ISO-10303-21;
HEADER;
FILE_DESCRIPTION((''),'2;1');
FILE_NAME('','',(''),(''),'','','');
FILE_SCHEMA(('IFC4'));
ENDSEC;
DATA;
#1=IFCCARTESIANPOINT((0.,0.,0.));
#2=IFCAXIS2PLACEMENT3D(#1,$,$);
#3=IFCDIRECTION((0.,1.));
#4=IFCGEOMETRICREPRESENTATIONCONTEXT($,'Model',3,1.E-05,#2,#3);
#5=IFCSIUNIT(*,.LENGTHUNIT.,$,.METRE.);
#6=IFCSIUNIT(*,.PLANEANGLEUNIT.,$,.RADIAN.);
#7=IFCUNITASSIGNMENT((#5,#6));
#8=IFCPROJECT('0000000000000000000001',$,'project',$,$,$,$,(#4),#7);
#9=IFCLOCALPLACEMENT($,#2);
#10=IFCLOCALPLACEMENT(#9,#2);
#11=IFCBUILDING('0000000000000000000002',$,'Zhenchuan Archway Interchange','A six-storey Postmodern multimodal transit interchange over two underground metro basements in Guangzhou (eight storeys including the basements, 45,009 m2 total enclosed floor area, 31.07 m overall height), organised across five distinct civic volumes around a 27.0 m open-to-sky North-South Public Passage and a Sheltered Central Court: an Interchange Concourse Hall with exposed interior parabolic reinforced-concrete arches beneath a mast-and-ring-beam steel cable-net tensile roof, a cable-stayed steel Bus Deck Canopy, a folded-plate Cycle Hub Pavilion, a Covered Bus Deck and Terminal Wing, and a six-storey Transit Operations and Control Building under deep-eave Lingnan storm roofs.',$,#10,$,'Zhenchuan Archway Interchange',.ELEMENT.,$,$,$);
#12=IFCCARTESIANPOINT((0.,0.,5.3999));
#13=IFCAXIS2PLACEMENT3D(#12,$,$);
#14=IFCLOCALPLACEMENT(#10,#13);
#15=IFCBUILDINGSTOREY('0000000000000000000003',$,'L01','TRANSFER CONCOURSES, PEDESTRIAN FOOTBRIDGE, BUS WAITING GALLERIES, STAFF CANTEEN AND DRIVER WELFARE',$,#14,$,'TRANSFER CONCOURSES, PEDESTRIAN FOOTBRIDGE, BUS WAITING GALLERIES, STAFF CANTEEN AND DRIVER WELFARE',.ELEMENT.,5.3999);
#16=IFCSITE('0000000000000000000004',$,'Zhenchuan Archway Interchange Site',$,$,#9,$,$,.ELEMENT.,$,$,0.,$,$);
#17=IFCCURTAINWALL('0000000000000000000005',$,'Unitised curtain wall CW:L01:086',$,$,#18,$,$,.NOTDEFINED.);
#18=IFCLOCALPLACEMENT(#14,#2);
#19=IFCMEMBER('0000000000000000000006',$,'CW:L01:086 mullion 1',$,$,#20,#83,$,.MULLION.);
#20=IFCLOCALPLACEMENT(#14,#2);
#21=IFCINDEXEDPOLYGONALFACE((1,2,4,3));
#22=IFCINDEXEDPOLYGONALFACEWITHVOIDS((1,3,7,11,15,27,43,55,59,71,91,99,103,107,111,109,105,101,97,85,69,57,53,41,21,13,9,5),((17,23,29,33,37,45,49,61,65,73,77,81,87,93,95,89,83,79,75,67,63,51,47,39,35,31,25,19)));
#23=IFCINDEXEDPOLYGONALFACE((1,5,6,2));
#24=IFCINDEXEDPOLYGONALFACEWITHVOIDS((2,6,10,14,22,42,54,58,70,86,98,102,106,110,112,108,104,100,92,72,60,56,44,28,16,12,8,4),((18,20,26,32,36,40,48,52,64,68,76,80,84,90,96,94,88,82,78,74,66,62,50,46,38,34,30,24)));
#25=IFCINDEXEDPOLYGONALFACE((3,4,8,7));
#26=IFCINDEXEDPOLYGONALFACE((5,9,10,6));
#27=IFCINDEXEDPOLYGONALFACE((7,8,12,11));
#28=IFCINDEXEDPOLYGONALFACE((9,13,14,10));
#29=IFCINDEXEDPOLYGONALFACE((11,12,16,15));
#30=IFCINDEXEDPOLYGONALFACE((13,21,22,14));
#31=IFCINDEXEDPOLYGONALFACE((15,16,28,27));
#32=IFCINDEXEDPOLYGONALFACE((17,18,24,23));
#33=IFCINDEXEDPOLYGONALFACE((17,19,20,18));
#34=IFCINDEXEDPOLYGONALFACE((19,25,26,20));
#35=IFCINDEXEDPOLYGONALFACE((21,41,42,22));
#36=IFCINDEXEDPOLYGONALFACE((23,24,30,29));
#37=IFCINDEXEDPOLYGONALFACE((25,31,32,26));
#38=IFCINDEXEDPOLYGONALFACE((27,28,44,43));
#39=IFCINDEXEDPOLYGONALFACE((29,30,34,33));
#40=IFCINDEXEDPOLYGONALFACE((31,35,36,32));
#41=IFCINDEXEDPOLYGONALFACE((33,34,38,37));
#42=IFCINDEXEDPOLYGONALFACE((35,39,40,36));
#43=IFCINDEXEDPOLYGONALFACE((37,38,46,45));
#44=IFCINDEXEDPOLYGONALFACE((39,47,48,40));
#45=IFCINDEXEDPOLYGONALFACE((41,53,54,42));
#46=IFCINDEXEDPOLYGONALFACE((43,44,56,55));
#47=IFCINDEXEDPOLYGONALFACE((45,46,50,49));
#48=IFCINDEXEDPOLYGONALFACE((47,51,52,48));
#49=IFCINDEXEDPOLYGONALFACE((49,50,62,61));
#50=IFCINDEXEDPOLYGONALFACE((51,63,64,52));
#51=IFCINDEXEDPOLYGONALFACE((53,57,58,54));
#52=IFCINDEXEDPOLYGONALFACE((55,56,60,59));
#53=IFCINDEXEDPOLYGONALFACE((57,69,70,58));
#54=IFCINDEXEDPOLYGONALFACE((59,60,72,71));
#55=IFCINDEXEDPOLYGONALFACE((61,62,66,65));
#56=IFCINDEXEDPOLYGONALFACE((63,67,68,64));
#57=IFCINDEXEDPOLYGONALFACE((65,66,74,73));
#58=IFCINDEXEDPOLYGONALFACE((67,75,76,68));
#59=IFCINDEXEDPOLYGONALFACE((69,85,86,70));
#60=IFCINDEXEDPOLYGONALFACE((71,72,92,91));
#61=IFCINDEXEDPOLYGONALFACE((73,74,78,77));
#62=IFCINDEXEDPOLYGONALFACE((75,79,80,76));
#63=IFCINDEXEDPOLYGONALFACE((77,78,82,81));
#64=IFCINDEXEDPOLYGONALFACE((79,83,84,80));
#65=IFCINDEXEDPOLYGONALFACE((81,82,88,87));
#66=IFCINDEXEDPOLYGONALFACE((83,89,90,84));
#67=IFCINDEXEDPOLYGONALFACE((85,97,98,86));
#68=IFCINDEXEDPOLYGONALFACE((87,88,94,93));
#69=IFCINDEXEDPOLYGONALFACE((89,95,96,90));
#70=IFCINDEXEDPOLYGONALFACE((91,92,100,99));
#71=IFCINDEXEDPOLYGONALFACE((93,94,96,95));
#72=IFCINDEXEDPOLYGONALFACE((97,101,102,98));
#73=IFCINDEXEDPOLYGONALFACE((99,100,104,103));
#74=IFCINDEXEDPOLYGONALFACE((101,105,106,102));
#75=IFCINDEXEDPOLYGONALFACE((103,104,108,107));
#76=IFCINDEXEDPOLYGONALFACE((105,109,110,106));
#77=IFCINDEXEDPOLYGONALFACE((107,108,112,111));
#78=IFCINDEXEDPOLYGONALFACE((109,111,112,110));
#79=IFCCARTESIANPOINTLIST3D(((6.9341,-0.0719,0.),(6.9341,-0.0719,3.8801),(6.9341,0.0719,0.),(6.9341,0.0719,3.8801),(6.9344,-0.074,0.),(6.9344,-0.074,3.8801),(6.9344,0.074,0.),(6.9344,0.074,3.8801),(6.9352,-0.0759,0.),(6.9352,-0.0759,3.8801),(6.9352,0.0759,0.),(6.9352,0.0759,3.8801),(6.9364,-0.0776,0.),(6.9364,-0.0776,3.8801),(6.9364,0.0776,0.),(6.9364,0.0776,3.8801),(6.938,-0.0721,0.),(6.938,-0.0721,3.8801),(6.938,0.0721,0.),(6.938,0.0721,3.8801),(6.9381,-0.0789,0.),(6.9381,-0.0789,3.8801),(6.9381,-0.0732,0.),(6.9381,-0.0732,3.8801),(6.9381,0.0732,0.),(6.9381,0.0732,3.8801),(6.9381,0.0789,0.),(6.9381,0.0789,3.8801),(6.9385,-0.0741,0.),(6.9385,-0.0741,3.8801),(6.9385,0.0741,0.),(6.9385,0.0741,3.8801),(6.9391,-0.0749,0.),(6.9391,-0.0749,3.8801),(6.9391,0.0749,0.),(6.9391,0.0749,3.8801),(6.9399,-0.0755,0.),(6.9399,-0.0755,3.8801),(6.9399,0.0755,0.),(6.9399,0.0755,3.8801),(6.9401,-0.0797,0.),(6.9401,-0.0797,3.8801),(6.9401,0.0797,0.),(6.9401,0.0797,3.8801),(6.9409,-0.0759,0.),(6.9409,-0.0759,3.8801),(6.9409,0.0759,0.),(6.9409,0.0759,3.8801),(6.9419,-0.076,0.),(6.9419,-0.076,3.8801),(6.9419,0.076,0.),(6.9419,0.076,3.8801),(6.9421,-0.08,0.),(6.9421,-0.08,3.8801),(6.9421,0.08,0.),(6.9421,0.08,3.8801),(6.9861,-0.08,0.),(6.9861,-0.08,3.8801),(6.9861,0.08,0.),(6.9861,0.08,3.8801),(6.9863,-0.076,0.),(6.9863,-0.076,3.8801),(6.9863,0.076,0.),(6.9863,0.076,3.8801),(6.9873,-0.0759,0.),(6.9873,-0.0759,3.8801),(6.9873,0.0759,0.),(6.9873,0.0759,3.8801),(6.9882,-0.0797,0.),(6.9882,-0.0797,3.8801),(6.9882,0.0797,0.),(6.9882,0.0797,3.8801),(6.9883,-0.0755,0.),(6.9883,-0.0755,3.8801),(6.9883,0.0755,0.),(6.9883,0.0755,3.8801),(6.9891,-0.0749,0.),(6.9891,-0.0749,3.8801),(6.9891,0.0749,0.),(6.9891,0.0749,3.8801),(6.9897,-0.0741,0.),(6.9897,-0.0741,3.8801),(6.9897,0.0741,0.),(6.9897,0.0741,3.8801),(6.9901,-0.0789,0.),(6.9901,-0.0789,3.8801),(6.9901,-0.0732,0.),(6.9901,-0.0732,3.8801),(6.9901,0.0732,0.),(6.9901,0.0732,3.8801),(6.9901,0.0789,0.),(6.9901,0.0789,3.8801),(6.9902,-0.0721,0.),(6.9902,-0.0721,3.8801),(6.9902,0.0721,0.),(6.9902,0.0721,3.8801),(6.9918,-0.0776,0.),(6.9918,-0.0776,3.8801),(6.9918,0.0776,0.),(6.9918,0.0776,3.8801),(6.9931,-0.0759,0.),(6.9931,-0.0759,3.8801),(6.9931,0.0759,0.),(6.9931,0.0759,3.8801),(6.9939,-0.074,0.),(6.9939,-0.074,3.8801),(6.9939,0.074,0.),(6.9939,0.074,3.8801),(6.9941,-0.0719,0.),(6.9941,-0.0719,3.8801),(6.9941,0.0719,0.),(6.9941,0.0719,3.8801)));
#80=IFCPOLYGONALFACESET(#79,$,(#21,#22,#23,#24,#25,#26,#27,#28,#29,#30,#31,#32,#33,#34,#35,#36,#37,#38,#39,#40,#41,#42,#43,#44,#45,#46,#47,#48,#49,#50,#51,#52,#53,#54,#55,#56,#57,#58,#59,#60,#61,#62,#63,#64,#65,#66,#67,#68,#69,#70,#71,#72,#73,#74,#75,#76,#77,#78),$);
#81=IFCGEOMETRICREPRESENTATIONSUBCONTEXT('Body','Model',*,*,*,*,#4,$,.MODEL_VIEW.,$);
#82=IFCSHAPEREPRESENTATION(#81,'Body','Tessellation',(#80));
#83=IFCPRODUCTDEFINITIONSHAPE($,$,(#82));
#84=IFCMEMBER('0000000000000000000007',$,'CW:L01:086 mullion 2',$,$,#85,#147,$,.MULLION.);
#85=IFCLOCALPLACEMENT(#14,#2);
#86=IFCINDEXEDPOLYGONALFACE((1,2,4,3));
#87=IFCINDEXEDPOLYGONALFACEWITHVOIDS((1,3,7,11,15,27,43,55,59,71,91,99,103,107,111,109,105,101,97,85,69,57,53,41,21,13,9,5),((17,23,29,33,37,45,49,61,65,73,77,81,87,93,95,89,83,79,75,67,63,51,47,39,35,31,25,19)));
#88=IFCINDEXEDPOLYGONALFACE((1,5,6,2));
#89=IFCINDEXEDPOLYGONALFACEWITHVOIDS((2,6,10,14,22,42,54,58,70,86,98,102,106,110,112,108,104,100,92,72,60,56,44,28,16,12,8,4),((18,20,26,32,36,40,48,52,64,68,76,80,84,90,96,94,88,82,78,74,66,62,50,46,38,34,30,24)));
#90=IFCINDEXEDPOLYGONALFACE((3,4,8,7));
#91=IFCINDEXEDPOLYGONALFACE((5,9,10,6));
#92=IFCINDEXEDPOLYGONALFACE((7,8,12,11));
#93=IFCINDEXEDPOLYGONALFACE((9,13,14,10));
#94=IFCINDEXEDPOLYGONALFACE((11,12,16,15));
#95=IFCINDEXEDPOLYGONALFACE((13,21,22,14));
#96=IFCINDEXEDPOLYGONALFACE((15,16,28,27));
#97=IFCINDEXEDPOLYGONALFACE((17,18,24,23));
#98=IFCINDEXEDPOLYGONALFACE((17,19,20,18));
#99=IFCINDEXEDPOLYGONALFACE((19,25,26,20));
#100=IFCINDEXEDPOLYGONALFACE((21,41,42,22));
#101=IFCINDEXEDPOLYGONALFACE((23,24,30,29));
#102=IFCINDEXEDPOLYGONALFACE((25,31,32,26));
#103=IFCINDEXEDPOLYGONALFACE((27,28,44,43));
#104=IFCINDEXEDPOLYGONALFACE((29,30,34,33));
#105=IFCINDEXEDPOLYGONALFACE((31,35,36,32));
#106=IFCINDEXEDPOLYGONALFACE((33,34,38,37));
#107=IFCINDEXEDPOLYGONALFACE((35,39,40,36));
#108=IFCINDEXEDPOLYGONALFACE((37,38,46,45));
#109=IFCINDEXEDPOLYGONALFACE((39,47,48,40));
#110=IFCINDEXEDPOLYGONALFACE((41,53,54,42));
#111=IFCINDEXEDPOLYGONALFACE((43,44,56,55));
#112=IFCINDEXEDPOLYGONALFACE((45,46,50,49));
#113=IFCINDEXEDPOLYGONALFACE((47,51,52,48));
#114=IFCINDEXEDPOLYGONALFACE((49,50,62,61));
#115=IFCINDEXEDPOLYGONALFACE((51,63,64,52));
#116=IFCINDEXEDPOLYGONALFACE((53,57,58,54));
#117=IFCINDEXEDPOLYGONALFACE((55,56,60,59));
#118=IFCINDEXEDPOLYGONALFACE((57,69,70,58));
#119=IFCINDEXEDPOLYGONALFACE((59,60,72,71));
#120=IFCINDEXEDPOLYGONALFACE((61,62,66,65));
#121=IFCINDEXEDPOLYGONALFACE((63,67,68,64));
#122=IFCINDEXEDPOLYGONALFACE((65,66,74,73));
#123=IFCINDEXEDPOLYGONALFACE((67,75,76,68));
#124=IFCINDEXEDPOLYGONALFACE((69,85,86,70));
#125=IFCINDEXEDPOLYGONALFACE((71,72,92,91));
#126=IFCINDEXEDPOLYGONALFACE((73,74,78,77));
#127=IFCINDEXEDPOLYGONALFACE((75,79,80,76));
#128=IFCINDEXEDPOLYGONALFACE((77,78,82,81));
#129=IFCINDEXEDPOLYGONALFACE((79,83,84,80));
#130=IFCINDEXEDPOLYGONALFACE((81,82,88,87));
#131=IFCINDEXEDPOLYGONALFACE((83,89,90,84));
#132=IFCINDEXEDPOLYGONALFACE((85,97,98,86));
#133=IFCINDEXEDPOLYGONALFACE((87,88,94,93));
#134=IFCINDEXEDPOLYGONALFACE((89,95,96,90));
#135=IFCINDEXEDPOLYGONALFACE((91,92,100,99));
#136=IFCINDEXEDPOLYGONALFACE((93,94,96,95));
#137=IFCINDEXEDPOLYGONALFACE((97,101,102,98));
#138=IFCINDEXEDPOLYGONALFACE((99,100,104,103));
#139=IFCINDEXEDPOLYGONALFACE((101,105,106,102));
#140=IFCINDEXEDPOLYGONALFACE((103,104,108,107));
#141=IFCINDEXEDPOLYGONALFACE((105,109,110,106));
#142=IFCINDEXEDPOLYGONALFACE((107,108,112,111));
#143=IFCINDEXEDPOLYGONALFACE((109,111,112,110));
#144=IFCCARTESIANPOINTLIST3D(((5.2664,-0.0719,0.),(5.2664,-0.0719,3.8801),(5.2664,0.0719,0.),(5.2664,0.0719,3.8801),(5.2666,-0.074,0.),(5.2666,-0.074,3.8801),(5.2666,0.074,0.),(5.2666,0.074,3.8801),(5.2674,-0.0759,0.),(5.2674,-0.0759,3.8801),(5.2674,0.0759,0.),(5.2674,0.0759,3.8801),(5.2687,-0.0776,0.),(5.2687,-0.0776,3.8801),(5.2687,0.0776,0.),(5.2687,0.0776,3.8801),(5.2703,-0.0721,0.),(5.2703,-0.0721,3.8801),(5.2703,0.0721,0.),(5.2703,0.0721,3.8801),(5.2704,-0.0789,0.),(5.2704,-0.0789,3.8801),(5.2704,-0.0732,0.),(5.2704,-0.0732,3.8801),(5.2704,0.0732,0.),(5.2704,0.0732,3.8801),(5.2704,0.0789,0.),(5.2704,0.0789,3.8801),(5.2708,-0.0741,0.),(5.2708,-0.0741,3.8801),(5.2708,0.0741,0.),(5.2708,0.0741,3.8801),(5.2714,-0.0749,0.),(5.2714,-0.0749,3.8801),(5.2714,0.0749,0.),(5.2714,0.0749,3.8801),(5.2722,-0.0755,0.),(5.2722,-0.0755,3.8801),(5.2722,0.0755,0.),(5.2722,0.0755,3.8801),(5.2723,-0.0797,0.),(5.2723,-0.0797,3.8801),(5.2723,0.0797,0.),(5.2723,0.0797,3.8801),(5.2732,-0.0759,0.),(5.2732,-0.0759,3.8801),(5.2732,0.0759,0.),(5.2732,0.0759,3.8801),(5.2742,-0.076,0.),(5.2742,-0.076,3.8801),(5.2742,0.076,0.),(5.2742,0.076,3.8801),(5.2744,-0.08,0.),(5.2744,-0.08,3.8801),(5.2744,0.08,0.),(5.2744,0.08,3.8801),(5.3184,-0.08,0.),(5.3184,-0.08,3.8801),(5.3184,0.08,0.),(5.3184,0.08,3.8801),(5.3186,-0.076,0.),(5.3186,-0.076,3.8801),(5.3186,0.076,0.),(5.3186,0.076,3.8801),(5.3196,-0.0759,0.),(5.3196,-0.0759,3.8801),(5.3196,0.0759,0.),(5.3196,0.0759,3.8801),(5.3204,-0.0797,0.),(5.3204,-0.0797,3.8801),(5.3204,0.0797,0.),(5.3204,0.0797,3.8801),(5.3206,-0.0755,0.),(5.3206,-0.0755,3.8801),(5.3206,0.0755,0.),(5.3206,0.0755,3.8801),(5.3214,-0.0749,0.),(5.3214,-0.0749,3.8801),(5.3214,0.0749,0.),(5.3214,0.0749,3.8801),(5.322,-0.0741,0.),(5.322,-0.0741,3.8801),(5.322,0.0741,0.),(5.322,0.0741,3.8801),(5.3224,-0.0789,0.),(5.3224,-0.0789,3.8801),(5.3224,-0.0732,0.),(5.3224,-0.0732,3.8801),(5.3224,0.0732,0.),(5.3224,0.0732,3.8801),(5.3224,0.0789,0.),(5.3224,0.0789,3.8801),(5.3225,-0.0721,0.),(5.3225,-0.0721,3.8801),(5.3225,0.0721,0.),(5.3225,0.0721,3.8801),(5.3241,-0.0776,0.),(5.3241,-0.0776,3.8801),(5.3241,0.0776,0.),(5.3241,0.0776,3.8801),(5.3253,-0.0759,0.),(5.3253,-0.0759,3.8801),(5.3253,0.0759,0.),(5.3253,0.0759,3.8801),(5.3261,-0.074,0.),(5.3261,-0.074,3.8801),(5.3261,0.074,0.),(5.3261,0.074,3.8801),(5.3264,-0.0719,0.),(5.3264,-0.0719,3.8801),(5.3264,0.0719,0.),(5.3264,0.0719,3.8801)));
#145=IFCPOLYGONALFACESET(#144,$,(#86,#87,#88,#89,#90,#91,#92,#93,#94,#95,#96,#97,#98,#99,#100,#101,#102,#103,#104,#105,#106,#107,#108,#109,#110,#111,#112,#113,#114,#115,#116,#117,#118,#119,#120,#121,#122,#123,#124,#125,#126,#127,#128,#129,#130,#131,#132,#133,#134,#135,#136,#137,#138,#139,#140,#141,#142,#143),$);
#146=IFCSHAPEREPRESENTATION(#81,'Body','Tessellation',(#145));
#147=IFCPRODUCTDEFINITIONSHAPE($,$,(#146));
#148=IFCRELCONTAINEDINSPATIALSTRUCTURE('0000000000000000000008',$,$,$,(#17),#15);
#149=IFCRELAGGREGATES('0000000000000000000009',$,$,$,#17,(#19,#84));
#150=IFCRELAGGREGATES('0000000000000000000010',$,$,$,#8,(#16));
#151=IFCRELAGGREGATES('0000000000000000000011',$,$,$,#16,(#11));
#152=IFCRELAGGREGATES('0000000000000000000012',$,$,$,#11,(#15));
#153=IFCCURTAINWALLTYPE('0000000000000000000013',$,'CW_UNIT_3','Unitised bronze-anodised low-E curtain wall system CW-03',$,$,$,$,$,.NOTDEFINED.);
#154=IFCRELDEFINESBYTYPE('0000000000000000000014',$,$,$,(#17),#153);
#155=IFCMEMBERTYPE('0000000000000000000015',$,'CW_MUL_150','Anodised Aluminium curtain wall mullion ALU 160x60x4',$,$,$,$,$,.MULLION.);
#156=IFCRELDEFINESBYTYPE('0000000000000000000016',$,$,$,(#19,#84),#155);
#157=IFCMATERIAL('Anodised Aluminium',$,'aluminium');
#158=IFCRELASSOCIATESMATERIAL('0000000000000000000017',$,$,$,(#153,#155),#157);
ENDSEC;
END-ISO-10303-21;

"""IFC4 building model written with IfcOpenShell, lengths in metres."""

from ifc_helpers import new_model, si_unit, direction, frame, origin, origin_2d, place, context, subcontext, project, spatial, hollow_rectangle, extrude, material, material_profile, profile_set, type_object, element, aggregate, save


model = new_model("IFC4")

# Units and contexts
model_context = context("Model", 3, precision=1e-05, world=origin(), true_north=direction((0.0, 1.0)))
body_context = subcontext(model_context, "Body", "Model", "MODEL_VIEW")
ifc_project = project(units=[si_unit("LENGTHUNIT", "METRE"), si_unit("PLANEANGLEUNIT", "RADIAN")], contexts=[model_context])

# Site, building, storey
site_placement = place(None, origin())
site = spatial("IfcSite", under=ifc_project, at=site_placement, Name="Zhenchuan Archway Interchange Site", CompositionType="ELEMENT", RefElevation=0.0)
building_placement = place(site_placement, origin())
building = spatial("IfcBuilding", under=site, at=building_placement, Name="Zhenchuan Archway Interchange", Description="A six-storey Postmodern multimodal transit interchange over two underground metro basements in Guangzhou (eight storeys including the basements, 45,009 m2 total enclosed floor area, 31.07 m overall height), organised across five distinct civic volumes around a 27.0 m open-to-sky North-South Public Passage and a Sheltered Central Court: an Interchange Concourse Hall with exposed interior parabolic reinforced-concrete arches beneath a mast-and-ring-beam steel cable-net tensile roof, a cable-stayed steel Bus Deck Canopy, a folded-plate Cycle Hub Pavilion, a Covered Bus Deck and Terminal Wing, and a six-storey Transit Operations and Control Building under deep-eave Lingnan storm roofs.", LongName="Zhenchuan Archway Interchange", CompositionType="ELEMENT")
storey_placement = place(building_placement, frame((0.0, 0.0, 5.3999)))
storey = spatial("IfcBuildingStorey", under=building, at=storey_placement, Name="L01", Description="TRANSFER CONCOURSES, PEDESTRIAN FOOTBRIDGE, BUS WAITING GALLERIES, STAFF CANTEEN AND DRIVER WELFARE", LongName="TRANSFER CONCOURSES, PEDESTRIAN FOOTBRIDGE, BUS WAITING GALLERIES, STAFF CANTEEN AND DRIVER WELFARE", CompositionType="ELEMENT", Elevation=5.3999)

# Curtain wall, members
ifc_material_1 = material(Name="Anodised Aluminium", Category="aluminium")
curtain_wall_type = type_object("IfcCurtainWallType", Name="CW_UNIT_3", Description="Unitised bronze-anodised low-E curtain wall system CW-03", PredefinedType="NOTDEFINED", material=ifc_material_1)
curtain_wall_placement = place(storey_placement, origin())
curtain_wall = element("IfcCurtainWall", 1, at=curtain_wall_placement, inside=storey, type_object=curtain_wall_type, Name="Unitised curtain wall CW:L01:086", PredefinedType="NOTDEFINED")
ifc_material_profile_1 = material_profile(ifc_material_1, hollow_rectangle(XDim=0.0601, YDim=0.1599, WallThickness=0.0039, InnerFilletRadius=0.0039, OuterFilletRadius=0.0081, at=origin_2d()), Name="ALU 160x60x4")
ifc_profile_set_1 = profile_set([ifc_material_profile_1], Name="Anodised Aluminium")
member_type_1 = type_object("IfcMemberType", Name="CW_MUL_150", Description="Anodised Aluminium curtain wall mullion ALU 160x60x4", PredefinedType="MULLION", material=ifc_profile_set_1)
member_1_placement = place(storey_placement, frame((6.9641, 0.0, 0.0), z_axis=(0.0, 0.0, 1.0), x_axis=(1.0, 0.0, 0.0)))
member_1 = element("IfcMember", 2, at=member_1_placement, type_object=member_type_1, Name="CW:L01:086 mullion 1", PredefinedType="MULLION", context=body_context, shape_type="SweptSolid", body=[
    extrude(hollow_rectangle(XDim=0.0601, YDim=0.1599, WallThickness=0.0039, InnerFilletRadius=0.0039, OuterFilletRadius=0.0081, at=origin_2d()), origin(), (0.0, 0.0, 1.0), 3.8801),
])
member_2_placement = place(storey_placement, frame((5.2964, 0.0, 0.0), z_axis=(0.0, 0.0, 1.0), x_axis=(1.0, 0.0, 0.0)))
member_2 = element("IfcMember", 3, at=member_2_placement, type_object=member_type_1, Name="CW:L01:086 mullion 2", PredefinedType="MULLION", context=body_context, shape_type="SweptSolid", body=[
    extrude(hollow_rectangle(XDim=0.0601, YDim=0.1599, WallThickness=0.0039, InnerFilletRadius=0.0039, OuterFilletRadius=0.0081, at=origin_2d()), origin(), (0.0, 0.0, 1.0), 3.8801),
])

aggregate(curtain_wall, [member_1, member_2])

save(model, "model.ifc")
